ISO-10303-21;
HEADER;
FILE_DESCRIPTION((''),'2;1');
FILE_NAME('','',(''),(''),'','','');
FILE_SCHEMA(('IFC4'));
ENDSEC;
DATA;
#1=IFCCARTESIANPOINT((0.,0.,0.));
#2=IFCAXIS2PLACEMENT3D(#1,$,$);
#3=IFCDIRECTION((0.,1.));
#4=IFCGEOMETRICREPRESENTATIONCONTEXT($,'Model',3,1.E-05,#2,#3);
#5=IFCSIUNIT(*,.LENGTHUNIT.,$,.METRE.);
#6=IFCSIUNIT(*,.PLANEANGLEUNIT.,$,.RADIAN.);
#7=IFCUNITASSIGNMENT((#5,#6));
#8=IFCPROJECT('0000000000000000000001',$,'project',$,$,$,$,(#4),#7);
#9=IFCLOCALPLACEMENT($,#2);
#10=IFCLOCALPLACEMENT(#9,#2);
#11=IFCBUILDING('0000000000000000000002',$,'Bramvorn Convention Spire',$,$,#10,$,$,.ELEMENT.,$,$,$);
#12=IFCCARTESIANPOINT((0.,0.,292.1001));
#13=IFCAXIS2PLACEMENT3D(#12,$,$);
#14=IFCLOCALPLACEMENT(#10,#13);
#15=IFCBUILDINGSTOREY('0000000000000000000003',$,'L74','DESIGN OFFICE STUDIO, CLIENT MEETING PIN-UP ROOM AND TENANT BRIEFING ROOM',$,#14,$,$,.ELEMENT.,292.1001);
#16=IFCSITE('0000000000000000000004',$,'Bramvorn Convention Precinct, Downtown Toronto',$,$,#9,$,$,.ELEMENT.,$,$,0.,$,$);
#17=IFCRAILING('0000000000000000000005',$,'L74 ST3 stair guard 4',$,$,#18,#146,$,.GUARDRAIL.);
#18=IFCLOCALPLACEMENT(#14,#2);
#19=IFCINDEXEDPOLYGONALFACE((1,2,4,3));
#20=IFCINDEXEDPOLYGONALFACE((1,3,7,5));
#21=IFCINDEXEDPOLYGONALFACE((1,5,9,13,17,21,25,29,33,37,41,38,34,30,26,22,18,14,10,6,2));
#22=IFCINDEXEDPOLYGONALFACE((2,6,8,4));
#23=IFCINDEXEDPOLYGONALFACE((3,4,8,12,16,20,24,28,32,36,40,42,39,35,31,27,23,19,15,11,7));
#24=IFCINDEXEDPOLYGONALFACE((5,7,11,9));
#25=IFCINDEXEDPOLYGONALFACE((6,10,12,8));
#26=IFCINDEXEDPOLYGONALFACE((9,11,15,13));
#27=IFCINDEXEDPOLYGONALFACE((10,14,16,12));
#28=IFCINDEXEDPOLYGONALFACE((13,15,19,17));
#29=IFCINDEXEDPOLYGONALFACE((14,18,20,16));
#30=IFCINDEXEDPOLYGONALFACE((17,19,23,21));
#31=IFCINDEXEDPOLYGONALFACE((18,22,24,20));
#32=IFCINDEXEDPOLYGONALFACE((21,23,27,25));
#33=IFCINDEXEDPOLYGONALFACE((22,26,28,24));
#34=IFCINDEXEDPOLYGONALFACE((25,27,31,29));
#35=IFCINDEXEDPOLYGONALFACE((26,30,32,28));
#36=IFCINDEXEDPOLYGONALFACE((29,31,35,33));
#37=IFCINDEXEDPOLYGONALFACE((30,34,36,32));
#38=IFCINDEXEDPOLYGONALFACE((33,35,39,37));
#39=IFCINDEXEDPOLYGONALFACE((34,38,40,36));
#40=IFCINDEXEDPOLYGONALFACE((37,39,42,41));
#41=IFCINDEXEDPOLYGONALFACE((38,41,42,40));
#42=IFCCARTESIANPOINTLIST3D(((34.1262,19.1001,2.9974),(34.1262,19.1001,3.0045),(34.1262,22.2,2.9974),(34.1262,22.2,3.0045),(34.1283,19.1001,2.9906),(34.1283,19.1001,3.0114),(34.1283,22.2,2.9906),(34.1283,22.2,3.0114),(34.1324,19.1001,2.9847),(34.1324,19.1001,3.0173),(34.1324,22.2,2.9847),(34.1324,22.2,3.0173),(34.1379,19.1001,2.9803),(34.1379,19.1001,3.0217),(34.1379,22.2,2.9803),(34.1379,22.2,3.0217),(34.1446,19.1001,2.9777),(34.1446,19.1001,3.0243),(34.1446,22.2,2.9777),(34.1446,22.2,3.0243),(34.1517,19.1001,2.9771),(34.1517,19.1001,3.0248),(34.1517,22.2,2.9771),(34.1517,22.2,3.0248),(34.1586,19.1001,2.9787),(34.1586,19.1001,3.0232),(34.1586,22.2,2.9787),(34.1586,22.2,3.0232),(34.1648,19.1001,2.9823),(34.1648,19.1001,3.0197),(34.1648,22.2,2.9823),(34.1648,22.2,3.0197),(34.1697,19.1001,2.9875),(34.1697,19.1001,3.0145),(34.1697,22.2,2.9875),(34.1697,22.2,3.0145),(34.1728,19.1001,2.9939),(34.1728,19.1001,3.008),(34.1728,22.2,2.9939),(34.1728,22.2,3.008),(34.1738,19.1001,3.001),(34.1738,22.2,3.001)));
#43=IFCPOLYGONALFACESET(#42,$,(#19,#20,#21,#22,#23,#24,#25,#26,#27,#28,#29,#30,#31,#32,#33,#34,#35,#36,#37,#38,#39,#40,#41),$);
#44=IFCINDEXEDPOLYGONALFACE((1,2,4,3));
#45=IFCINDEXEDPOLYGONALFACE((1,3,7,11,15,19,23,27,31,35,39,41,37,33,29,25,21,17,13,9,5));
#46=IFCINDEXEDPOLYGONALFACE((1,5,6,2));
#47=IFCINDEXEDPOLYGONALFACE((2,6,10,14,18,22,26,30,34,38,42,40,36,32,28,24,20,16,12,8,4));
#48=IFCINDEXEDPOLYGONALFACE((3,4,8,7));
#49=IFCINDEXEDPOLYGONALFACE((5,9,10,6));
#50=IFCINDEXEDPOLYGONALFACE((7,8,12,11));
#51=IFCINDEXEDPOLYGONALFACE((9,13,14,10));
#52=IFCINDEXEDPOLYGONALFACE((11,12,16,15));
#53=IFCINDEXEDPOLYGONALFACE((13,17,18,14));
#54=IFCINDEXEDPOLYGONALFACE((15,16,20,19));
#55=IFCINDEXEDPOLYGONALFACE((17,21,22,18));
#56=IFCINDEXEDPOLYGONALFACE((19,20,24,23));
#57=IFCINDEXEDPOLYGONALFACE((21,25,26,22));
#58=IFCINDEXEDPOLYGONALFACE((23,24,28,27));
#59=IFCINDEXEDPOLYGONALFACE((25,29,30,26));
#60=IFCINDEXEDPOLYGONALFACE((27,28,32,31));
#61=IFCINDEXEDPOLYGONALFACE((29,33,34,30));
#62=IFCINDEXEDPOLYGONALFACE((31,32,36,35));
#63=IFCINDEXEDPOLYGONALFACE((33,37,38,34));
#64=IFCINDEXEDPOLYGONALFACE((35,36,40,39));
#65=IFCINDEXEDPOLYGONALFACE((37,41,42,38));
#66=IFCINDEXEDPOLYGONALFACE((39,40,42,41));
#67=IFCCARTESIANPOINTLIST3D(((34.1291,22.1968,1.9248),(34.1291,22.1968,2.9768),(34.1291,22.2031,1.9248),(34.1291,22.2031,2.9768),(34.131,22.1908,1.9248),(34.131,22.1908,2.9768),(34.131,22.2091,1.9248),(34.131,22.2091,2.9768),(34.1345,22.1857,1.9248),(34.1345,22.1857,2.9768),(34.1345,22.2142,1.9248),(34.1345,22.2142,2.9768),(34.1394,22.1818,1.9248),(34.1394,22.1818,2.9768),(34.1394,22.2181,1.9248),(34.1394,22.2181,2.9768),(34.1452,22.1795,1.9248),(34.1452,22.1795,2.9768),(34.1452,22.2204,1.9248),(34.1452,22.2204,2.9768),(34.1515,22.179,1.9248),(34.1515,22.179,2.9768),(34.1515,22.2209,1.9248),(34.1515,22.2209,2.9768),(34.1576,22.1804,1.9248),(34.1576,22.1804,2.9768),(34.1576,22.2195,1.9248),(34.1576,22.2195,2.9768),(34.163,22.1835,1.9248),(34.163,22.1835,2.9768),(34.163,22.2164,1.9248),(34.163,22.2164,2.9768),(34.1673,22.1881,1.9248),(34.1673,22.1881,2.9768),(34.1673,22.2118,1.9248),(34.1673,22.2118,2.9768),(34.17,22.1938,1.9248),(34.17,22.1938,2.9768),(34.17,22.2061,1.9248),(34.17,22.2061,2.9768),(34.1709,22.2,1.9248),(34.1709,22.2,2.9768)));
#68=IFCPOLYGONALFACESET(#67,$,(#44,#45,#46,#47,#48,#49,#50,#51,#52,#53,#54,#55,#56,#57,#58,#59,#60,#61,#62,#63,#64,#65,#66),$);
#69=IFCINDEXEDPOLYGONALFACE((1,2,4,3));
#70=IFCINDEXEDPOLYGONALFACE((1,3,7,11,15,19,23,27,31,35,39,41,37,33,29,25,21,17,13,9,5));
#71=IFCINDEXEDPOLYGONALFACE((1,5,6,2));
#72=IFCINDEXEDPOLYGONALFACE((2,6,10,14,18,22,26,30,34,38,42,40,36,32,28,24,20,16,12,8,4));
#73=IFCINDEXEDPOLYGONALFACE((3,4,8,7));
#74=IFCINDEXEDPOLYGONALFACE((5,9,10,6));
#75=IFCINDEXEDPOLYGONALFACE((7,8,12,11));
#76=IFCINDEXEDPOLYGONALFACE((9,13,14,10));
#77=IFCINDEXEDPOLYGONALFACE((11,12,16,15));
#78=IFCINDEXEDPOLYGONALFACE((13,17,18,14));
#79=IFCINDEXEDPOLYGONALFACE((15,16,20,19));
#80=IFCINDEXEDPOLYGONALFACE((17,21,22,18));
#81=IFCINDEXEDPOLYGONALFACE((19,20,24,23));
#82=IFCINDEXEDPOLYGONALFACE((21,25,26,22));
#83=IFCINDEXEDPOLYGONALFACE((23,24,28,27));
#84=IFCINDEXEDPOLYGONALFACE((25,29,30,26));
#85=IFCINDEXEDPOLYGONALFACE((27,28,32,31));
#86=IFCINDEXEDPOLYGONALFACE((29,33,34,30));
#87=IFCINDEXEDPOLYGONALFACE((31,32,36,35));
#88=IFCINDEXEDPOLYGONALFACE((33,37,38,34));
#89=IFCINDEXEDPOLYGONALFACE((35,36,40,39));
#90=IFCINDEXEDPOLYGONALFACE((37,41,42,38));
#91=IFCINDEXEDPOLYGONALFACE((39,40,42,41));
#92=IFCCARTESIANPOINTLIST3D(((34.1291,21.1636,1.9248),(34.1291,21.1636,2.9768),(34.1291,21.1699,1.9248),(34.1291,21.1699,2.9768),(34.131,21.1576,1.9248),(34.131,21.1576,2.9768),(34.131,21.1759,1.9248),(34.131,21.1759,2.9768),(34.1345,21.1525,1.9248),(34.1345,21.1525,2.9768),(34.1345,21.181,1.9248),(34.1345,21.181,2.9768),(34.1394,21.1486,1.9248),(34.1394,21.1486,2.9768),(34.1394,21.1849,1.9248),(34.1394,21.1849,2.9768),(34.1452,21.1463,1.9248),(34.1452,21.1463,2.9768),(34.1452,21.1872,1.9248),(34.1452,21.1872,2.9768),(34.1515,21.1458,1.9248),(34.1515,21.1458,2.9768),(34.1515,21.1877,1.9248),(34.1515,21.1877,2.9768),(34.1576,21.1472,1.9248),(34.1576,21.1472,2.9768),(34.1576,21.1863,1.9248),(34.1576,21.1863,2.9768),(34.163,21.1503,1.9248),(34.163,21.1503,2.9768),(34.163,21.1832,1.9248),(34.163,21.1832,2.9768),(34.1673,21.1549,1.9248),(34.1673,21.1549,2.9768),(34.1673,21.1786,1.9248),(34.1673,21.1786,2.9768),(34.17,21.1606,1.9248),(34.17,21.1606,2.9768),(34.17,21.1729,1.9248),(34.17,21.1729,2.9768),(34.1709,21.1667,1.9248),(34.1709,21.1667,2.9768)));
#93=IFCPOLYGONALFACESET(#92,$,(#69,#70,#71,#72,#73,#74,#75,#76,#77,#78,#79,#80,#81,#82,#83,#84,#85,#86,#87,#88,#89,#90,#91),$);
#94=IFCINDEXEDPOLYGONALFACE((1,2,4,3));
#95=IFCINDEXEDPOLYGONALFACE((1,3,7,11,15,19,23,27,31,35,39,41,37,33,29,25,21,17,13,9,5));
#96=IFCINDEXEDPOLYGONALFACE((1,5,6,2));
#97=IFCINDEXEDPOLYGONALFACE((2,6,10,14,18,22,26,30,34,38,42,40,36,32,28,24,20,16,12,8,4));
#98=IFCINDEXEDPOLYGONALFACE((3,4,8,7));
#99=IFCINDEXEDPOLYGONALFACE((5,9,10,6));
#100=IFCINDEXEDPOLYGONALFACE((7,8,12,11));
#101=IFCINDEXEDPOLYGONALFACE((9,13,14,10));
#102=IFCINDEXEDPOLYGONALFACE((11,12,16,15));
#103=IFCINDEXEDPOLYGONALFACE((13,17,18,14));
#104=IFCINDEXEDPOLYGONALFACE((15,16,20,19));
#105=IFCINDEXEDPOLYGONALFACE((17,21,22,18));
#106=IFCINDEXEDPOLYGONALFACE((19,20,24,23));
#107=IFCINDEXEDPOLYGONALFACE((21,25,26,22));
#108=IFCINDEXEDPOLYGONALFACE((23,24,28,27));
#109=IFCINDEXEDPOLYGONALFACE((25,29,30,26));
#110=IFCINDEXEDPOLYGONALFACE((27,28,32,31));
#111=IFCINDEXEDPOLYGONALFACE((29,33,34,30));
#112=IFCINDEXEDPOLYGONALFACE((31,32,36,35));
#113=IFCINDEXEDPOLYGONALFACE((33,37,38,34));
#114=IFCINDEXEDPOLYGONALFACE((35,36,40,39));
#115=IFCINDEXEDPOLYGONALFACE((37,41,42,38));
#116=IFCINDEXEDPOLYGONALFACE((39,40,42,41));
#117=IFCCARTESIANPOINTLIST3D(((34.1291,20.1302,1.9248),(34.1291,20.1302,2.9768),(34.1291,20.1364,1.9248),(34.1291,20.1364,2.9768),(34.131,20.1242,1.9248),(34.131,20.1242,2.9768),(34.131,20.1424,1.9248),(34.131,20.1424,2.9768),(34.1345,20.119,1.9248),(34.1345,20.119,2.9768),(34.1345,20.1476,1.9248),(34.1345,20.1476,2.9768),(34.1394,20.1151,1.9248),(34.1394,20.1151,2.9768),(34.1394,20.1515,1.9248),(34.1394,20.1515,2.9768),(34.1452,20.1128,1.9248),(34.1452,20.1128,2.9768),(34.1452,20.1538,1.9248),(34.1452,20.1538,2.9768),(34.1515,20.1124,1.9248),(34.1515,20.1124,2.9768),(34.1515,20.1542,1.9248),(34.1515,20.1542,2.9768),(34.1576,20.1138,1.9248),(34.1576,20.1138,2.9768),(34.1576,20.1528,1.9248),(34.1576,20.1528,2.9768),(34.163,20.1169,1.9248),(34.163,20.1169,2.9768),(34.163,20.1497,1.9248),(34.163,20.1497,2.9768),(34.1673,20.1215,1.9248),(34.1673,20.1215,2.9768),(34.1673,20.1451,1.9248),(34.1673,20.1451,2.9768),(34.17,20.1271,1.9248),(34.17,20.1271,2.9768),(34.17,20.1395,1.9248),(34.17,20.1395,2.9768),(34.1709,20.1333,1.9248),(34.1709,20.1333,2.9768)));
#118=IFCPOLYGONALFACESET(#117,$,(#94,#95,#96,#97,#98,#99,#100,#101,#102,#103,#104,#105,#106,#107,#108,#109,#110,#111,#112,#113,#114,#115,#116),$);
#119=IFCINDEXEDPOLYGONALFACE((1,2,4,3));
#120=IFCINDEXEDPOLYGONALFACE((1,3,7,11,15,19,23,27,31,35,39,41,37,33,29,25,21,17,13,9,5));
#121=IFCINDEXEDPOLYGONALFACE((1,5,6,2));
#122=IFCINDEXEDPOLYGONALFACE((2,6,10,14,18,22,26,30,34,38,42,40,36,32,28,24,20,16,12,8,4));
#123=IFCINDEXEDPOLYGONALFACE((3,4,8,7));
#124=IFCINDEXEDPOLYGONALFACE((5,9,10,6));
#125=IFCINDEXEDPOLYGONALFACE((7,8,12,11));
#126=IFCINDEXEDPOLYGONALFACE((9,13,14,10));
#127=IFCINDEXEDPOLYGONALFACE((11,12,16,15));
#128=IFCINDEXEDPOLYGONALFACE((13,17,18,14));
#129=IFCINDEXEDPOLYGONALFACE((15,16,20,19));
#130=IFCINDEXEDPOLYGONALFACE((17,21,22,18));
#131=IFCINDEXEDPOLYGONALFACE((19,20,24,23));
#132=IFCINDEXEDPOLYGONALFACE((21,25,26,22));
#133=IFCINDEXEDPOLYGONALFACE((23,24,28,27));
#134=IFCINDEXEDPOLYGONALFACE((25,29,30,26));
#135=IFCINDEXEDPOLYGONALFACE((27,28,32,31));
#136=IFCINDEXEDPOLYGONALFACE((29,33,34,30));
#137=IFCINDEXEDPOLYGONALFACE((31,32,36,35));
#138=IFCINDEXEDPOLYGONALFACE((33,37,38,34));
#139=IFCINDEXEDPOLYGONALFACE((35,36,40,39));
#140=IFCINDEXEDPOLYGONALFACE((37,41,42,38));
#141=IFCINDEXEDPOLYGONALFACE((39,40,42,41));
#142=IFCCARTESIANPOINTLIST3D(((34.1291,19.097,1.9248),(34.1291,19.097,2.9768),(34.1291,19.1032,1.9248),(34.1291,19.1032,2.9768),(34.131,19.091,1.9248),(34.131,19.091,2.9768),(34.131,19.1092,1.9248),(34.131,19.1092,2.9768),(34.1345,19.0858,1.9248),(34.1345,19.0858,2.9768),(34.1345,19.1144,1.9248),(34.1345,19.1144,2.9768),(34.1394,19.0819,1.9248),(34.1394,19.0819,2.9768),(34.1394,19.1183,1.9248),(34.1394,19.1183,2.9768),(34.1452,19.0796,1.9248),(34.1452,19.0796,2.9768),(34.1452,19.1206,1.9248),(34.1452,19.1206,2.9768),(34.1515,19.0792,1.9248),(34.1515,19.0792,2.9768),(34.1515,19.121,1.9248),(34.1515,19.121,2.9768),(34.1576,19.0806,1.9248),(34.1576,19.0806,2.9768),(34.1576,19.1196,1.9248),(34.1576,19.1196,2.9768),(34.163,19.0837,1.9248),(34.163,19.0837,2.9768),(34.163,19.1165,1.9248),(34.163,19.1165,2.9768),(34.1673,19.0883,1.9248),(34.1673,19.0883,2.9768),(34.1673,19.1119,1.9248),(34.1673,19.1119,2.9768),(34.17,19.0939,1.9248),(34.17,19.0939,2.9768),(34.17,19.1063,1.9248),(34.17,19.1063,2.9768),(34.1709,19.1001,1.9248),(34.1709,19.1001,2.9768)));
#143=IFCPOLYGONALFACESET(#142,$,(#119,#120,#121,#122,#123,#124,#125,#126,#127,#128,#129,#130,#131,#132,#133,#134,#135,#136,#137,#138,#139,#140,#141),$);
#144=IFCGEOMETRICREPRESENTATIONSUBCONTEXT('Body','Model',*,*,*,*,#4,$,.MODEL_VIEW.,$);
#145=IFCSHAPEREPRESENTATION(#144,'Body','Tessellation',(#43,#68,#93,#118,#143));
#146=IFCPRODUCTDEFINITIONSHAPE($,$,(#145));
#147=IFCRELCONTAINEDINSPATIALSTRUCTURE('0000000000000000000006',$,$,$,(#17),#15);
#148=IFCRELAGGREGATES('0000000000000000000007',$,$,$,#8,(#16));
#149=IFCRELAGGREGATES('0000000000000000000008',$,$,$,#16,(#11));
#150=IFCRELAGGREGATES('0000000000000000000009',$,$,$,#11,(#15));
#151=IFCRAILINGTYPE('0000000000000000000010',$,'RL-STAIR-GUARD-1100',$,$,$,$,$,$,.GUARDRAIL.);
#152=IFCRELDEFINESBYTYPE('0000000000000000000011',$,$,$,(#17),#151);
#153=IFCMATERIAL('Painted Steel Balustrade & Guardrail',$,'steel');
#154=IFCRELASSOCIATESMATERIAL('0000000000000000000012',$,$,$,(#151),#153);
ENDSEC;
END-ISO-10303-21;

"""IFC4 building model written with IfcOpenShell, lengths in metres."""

from ifc_helpers import new_model, si_unit, direction, frame, origin, origin_2d, place, context, subcontext, project, spatial, circle, extrude, material, type_object, element, save


model = new_model("IFC4")

# Units and contexts
model_context = context("Model", 3, precision=1e-05, world=origin(), true_north=direction((0.0, 1.0)))
body_context = subcontext(model_context, "Body", "Model", "MODEL_VIEW")
ifc_project = project(units=[si_unit("LENGTHUNIT", "METRE"), si_unit("PLANEANGLEUNIT", "RADIAN")], contexts=[model_context])

# Site, building, storey
site_placement = place(None, origin())
site = spatial("IfcSite", under=ifc_project, at=site_placement, Name="Bramvorn Convention Precinct, Downtown Toronto", CompositionType="ELEMENT", RefElevation=0.0)
building_placement = place(site_placement, origin())
building = spatial("IfcBuilding", under=site, at=building_placement, Name="Bramvorn Convention Spire", CompositionType="ELEMENT")
storey_placement = place(building_placement, frame((0.0, 0.0, 292.1001)))
storey = spatial("IfcBuildingStorey", under=building, at=storey_placement, Name="L74", Description="DESIGN OFFICE STUDIO, CLIENT MEETING PIN-UP ROOM AND TENANT BRIEFING ROOM", CompositionType="ELEMENT", Elevation=292.1001)

# Railing
ifc_material_1 = material(Name="Painted Steel Balustrade & Guardrail", Category="steel")
railing_type_1 = type_object("IfcRailingType", Name="RL-STAIR-GUARD-1100", PredefinedType="GUARDRAIL", material=ifc_material_1)
for number, where, name in (
    (1, (34.1499, 22.2, 1.9248), "L74 ST3 stair guard 4"),
):
    element("IfcRailing", number, at=place(storey_placement, frame(where)), inside=storey, type_object=railing_type_1, Name=name, PredefinedType="GUARDRAIL", context=body_context, shape_type="SweptSolid", body=[
        extrude(circle(Radius=0.0239, at=origin_2d()), frame((0.0, 0.0, 1.0762), z_axis=(0.0, -1.0, 0.0), x_axis=(1.0, 0.0, 0.0)), (0.0, 0.0, 1.0), 3.0999),
        extrude(circle(Radius=0.021, at=origin_2d()), origin(), (0.0, 0.0, 1.0), 1.052),
        extrude(circle(Radius=0.021, at=origin_2d()), frame((0.0, -1.0332, 0.0)), (0.0, 0.0, 1.0), 1.052),
        extrude(circle(Radius=0.021, at=origin_2d()), frame((0.0, -2.0667, 0.0)), (0.0, 0.0, 1.0), 1.052),
        extrude(circle(Radius=0.021, at=origin_2d()), frame((0.0, -3.0999, 0.0)), (0.0, 0.0, 1.0), 1.052),
    ])

save(model, "model.ifc")
